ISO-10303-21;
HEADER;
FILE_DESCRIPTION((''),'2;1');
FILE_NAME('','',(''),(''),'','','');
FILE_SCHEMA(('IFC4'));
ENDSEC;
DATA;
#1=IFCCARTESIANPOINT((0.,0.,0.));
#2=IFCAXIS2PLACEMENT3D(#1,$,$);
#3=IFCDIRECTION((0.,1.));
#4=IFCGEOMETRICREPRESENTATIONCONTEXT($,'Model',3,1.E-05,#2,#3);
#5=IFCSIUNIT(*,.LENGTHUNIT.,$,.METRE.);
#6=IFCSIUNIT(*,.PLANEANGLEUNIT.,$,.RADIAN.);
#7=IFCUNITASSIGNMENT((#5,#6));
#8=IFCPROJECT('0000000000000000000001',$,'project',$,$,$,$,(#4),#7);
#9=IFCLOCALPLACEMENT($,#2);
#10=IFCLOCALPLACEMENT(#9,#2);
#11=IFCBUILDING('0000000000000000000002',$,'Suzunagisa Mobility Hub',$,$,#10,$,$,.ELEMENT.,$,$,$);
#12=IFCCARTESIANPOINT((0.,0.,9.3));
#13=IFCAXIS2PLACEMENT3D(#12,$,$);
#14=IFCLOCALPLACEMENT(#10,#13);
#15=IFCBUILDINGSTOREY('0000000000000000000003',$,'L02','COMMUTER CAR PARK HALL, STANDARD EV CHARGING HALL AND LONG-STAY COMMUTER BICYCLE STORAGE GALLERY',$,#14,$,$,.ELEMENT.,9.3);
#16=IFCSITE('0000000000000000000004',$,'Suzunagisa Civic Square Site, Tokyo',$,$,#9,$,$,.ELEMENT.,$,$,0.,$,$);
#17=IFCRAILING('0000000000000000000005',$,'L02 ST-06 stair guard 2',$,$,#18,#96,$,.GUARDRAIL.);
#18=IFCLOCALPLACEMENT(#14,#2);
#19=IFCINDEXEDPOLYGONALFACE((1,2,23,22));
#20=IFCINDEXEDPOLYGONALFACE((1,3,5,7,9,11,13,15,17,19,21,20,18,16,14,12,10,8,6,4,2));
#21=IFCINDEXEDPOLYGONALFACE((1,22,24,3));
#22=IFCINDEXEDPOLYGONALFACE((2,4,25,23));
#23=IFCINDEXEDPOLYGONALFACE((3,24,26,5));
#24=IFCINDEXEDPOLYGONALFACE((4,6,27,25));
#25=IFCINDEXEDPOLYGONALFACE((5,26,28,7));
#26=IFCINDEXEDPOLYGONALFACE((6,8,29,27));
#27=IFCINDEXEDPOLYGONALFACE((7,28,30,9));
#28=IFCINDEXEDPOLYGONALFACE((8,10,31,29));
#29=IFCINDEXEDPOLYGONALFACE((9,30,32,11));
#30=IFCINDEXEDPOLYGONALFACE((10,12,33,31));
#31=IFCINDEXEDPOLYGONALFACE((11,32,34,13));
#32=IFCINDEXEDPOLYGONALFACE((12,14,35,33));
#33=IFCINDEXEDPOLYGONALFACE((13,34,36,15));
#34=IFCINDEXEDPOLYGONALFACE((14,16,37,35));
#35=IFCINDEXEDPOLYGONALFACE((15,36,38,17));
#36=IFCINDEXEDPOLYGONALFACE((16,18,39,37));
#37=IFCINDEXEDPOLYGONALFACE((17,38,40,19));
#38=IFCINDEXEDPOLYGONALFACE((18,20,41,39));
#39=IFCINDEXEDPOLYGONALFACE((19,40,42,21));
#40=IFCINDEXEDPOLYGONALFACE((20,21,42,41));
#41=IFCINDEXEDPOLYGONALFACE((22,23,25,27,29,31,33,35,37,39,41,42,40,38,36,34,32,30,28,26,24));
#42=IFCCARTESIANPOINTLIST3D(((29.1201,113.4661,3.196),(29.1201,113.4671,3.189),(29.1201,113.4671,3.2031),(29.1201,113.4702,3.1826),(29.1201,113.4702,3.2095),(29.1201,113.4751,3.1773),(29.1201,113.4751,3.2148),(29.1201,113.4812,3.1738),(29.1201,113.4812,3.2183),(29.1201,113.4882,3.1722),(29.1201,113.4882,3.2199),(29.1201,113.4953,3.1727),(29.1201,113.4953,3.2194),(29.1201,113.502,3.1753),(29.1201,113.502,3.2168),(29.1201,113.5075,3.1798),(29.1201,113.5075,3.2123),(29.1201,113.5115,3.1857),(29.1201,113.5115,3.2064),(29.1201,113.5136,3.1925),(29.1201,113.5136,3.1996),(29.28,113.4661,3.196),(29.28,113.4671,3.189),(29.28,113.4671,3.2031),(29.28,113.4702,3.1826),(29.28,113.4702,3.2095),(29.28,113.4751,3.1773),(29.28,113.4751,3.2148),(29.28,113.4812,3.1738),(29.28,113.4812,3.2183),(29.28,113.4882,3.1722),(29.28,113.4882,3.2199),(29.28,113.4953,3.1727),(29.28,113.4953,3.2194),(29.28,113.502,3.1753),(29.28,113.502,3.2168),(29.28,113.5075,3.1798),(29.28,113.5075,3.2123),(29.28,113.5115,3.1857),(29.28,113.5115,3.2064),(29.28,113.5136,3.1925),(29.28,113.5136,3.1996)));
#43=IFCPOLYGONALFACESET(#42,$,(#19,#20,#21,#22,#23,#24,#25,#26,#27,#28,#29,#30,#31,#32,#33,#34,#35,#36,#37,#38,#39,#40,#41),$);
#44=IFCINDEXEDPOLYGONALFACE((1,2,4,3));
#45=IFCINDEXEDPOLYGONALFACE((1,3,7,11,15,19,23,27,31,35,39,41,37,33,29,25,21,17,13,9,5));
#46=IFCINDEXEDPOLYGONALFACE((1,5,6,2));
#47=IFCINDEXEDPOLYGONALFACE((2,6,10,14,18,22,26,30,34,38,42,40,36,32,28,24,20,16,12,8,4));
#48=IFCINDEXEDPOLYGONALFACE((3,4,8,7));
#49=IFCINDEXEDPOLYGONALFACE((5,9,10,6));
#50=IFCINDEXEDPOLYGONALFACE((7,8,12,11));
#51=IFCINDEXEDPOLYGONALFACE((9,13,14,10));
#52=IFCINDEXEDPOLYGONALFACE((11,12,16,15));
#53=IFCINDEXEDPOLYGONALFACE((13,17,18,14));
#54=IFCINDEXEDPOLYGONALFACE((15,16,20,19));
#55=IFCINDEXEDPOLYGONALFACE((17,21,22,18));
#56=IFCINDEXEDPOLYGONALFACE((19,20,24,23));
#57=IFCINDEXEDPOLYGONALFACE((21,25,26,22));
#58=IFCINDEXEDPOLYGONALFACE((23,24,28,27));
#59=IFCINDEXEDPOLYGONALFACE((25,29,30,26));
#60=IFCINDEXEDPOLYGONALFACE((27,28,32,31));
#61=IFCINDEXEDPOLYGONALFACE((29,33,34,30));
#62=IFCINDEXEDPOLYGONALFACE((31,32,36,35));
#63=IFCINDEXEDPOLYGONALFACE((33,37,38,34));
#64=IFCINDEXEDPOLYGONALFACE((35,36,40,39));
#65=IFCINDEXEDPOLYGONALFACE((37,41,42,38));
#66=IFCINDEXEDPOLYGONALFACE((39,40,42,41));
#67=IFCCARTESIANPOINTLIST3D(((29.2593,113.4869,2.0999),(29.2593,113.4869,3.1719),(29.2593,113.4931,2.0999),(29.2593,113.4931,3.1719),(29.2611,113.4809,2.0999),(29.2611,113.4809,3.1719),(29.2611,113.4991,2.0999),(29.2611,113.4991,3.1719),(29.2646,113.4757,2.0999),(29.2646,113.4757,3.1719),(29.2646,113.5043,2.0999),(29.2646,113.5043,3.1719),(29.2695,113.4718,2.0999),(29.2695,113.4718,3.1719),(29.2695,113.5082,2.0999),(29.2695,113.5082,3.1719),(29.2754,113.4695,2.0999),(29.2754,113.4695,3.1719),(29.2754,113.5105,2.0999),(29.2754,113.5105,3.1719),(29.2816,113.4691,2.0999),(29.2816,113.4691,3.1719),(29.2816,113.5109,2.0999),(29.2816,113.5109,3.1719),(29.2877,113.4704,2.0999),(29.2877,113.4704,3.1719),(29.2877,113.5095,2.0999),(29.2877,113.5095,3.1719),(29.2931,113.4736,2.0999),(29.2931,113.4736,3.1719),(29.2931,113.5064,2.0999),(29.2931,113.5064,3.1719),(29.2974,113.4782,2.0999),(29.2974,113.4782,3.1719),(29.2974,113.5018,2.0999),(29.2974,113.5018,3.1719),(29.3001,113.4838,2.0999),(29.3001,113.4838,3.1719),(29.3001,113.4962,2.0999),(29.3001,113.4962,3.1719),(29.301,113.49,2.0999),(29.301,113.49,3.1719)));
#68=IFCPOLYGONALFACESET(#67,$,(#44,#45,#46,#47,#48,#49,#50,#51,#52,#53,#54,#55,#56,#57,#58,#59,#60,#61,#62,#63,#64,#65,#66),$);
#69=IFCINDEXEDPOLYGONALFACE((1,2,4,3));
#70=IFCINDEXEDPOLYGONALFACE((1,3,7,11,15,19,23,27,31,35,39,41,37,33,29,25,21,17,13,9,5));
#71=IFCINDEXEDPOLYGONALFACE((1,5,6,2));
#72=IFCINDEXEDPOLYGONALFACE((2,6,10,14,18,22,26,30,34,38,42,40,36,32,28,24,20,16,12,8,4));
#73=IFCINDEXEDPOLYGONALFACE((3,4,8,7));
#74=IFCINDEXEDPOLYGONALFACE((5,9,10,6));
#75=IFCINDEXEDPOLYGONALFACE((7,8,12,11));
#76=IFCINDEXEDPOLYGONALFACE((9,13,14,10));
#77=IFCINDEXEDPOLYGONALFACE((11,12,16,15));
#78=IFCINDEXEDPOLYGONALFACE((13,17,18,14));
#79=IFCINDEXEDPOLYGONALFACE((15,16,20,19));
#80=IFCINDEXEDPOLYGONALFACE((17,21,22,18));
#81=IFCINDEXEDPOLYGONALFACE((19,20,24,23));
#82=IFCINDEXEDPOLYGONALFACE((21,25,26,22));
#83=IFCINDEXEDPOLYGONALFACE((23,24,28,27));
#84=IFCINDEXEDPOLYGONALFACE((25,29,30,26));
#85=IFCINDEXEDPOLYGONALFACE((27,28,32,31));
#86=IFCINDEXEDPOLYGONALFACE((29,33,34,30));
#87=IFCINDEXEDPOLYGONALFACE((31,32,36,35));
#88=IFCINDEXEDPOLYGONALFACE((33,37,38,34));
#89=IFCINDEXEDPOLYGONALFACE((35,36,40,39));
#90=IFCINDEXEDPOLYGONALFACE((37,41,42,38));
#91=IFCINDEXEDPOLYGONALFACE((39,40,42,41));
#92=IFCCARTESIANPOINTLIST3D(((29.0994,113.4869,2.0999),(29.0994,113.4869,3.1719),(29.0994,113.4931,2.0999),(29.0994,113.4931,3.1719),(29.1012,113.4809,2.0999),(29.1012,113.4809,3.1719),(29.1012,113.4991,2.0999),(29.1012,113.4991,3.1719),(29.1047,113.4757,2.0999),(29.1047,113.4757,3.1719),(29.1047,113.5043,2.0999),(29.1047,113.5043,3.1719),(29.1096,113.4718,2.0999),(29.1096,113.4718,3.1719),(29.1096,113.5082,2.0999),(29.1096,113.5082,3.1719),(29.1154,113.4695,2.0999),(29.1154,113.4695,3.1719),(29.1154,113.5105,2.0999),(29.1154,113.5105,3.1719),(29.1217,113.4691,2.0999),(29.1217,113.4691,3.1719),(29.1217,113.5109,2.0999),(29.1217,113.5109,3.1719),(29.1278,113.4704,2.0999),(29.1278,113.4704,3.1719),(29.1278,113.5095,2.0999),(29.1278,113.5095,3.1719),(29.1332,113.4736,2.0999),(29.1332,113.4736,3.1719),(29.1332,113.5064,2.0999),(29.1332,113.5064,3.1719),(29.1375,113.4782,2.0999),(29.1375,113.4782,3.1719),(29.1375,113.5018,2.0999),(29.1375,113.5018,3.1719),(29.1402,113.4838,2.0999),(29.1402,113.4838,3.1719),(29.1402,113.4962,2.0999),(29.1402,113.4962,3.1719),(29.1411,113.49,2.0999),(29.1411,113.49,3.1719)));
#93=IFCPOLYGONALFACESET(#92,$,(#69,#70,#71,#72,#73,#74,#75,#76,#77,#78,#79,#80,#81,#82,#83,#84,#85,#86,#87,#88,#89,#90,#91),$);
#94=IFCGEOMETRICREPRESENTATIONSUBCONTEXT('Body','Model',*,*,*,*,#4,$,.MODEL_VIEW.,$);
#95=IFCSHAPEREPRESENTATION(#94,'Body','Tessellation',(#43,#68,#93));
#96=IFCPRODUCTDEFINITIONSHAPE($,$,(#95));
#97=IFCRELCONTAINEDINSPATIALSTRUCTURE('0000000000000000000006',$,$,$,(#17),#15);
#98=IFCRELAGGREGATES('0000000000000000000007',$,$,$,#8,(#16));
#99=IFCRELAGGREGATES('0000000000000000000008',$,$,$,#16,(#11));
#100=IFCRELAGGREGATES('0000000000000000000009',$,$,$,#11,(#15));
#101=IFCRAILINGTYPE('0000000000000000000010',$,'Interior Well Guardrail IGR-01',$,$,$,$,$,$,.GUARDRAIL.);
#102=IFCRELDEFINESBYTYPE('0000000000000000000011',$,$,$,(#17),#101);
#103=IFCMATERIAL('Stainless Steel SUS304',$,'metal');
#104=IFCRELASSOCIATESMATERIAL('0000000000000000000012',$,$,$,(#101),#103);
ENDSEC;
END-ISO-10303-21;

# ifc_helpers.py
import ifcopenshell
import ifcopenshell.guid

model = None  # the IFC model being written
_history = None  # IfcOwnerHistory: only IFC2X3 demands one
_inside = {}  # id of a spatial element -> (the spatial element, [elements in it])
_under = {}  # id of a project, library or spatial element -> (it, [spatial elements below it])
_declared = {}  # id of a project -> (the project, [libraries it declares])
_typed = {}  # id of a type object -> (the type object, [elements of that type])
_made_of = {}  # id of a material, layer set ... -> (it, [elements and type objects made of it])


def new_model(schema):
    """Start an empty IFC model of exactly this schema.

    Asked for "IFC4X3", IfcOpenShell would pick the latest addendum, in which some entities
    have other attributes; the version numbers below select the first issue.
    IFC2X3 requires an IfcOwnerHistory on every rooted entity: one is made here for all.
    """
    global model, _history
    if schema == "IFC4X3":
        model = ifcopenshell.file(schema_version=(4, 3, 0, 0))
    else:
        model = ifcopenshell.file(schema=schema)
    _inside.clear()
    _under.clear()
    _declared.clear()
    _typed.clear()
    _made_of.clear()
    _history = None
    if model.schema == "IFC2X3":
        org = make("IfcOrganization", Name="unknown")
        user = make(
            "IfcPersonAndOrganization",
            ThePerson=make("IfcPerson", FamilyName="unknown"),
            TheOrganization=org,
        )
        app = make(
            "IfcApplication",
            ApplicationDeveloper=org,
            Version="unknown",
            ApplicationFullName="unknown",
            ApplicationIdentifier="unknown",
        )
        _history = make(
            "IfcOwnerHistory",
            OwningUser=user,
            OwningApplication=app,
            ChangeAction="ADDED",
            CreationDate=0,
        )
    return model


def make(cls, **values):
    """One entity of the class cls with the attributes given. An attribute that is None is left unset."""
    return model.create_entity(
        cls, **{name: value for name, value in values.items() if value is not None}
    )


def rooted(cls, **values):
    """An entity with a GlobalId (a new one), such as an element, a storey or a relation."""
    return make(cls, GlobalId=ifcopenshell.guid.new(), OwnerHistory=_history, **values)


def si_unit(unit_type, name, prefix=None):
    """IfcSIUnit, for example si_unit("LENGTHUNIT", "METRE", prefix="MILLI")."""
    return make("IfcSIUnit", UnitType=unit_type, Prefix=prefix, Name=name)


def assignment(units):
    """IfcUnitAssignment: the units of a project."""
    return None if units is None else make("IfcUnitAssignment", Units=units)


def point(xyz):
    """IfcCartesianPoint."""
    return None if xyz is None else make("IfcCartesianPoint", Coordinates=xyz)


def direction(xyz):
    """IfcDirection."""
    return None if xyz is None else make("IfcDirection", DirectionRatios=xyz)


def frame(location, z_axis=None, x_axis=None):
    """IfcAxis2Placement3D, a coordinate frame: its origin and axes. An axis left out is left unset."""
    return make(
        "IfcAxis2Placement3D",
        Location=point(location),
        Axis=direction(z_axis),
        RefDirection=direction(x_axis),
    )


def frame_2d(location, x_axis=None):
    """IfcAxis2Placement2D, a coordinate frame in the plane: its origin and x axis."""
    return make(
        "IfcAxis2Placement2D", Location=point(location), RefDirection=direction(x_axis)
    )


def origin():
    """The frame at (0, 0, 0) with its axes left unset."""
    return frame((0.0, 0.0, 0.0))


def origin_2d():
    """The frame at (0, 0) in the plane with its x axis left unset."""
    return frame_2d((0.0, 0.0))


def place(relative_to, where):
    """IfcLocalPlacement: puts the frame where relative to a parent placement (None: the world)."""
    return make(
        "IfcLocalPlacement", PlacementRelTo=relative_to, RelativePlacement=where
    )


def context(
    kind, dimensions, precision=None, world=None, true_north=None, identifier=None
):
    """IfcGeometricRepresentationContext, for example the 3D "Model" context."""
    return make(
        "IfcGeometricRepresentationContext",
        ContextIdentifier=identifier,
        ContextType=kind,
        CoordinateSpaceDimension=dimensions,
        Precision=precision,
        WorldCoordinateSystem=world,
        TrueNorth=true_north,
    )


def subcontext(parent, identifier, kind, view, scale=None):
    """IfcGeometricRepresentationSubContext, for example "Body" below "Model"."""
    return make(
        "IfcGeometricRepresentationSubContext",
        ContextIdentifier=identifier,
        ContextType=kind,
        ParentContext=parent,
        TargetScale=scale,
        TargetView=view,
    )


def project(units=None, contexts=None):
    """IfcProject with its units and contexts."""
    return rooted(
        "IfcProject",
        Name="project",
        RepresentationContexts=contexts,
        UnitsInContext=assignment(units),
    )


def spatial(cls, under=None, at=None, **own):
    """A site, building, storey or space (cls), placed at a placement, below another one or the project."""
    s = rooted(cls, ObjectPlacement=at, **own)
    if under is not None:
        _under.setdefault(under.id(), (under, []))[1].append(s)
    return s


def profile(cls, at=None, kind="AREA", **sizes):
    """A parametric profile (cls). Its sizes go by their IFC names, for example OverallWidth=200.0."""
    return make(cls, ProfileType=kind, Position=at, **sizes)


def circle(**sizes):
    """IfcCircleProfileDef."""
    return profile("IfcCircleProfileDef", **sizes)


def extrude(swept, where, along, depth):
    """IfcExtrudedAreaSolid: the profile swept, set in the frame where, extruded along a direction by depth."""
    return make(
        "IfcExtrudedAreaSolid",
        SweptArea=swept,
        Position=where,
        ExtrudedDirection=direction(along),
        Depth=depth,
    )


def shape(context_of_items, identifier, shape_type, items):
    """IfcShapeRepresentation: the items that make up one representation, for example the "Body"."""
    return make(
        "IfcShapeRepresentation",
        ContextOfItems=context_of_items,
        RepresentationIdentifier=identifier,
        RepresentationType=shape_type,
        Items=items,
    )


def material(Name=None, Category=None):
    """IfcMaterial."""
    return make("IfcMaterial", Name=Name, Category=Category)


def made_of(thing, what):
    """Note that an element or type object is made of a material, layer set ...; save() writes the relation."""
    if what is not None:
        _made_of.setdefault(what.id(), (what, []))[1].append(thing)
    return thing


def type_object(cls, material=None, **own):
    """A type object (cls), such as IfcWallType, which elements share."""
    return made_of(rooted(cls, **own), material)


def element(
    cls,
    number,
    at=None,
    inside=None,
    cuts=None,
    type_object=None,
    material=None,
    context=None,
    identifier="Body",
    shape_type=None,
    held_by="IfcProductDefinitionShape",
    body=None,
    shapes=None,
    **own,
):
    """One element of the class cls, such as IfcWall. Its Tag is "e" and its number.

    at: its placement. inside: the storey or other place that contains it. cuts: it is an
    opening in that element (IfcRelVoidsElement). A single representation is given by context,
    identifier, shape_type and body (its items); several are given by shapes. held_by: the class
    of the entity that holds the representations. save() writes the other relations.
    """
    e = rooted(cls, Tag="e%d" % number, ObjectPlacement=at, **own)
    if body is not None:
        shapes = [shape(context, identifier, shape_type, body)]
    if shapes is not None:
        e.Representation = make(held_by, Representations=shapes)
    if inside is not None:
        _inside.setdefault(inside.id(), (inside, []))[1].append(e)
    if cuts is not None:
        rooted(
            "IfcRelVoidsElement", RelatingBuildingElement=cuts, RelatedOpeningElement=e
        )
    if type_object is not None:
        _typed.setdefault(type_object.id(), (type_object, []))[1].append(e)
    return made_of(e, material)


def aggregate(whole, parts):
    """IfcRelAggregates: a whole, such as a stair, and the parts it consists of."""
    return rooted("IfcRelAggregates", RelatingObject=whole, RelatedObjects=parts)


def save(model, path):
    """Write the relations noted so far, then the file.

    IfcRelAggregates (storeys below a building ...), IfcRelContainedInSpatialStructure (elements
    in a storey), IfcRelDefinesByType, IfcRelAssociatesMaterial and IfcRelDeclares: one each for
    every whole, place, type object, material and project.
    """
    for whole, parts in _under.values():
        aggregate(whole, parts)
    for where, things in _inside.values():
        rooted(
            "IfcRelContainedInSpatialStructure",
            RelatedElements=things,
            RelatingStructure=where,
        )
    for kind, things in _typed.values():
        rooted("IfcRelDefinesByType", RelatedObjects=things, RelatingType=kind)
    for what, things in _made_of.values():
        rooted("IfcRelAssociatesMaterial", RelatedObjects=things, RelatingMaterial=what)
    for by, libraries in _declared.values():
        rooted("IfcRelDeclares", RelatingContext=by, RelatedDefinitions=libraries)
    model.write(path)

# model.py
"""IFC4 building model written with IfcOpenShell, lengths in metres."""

from ifc_helpers import new_model, si_unit, direction, frame, origin, origin_2d, place, context, subcontext, project, spatial, circle, extrude, material, type_object, element, save


model = new_model("IFC4")

# Units and contexts
model_context = context("Model", 3, precision=1e-05, world=origin(), true_north=direction((0.0, 1.0)))
body_context = subcontext(model_context, "Body", "Model", "MODEL_VIEW")
ifc_project = project(units=[si_unit("LENGTHUNIT", "METRE"), si_unit("PLANEANGLEUNIT", "RADIAN")], contexts=[model_context])

# Site, building, storey
site_placement = place(None, origin())
site = spatial("IfcSite", under=ifc_project, at=site_placement, Name="Suzunagisa Civic Square Site, Tokyo", CompositionType="ELEMENT", RefElevation=0.0)
building_placement = place(site_placement, origin())
building = spatial("IfcBuilding", under=site, at=building_placement, Name="Suzunagisa Mobility Hub", CompositionType="ELEMENT")
storey_placement = place(building_placement, frame((0.0, 0.0, 9.3)))
storey = spatial("IfcBuildingStorey", under=building, at=storey_placement, Name="L02", Description="COMMUTER CAR PARK HALL, STANDARD EV CHARGING HALL AND LONG-STAY COMMUTER BICYCLE STORAGE GALLERY", CompositionType="ELEMENT", Elevation=9.3)

# Railing
ifc_material_1 = material(Name="Stainless Steel SUS304", Category="metal")
railing_type_1 = type_object("IfcRailingType", Name="Interior Well Guardrail IGR-01", PredefinedType="GUARDRAIL", material=ifc_material_1)
railing_1_placement = place(storey_placement, frame((29.28, 113.49, 2.0999)))
element("IfcRailing", 1, at=railing_1_placement, inside=storey, type_object=railing_type_1, Name="L02 ST-06 stair guard 2", PredefinedType="GUARDRAIL", context=body_context, shape_type="SweptSolid", body=[
    extrude(circle(Radius=0.0239, at=origin_2d()), frame((0.0, 0.0, 1.0962), z_axis=(-1.0, 0.0, 0.0), x_axis=(0.0, -1.0, 0.0)), (0.0, 0.0, 1.0), 0.1599),
    extrude(circle(Radius=0.021, at=origin_2d()), origin(), (0.0, 0.0, 1.0), 1.072),
    extrude(circle(Radius=0.021, at=origin_2d()), frame((-0.1599, 0.0, 0.0)), (0.0, 0.0, 1.0), 1.072),
])

save(model, "model.ifc")
